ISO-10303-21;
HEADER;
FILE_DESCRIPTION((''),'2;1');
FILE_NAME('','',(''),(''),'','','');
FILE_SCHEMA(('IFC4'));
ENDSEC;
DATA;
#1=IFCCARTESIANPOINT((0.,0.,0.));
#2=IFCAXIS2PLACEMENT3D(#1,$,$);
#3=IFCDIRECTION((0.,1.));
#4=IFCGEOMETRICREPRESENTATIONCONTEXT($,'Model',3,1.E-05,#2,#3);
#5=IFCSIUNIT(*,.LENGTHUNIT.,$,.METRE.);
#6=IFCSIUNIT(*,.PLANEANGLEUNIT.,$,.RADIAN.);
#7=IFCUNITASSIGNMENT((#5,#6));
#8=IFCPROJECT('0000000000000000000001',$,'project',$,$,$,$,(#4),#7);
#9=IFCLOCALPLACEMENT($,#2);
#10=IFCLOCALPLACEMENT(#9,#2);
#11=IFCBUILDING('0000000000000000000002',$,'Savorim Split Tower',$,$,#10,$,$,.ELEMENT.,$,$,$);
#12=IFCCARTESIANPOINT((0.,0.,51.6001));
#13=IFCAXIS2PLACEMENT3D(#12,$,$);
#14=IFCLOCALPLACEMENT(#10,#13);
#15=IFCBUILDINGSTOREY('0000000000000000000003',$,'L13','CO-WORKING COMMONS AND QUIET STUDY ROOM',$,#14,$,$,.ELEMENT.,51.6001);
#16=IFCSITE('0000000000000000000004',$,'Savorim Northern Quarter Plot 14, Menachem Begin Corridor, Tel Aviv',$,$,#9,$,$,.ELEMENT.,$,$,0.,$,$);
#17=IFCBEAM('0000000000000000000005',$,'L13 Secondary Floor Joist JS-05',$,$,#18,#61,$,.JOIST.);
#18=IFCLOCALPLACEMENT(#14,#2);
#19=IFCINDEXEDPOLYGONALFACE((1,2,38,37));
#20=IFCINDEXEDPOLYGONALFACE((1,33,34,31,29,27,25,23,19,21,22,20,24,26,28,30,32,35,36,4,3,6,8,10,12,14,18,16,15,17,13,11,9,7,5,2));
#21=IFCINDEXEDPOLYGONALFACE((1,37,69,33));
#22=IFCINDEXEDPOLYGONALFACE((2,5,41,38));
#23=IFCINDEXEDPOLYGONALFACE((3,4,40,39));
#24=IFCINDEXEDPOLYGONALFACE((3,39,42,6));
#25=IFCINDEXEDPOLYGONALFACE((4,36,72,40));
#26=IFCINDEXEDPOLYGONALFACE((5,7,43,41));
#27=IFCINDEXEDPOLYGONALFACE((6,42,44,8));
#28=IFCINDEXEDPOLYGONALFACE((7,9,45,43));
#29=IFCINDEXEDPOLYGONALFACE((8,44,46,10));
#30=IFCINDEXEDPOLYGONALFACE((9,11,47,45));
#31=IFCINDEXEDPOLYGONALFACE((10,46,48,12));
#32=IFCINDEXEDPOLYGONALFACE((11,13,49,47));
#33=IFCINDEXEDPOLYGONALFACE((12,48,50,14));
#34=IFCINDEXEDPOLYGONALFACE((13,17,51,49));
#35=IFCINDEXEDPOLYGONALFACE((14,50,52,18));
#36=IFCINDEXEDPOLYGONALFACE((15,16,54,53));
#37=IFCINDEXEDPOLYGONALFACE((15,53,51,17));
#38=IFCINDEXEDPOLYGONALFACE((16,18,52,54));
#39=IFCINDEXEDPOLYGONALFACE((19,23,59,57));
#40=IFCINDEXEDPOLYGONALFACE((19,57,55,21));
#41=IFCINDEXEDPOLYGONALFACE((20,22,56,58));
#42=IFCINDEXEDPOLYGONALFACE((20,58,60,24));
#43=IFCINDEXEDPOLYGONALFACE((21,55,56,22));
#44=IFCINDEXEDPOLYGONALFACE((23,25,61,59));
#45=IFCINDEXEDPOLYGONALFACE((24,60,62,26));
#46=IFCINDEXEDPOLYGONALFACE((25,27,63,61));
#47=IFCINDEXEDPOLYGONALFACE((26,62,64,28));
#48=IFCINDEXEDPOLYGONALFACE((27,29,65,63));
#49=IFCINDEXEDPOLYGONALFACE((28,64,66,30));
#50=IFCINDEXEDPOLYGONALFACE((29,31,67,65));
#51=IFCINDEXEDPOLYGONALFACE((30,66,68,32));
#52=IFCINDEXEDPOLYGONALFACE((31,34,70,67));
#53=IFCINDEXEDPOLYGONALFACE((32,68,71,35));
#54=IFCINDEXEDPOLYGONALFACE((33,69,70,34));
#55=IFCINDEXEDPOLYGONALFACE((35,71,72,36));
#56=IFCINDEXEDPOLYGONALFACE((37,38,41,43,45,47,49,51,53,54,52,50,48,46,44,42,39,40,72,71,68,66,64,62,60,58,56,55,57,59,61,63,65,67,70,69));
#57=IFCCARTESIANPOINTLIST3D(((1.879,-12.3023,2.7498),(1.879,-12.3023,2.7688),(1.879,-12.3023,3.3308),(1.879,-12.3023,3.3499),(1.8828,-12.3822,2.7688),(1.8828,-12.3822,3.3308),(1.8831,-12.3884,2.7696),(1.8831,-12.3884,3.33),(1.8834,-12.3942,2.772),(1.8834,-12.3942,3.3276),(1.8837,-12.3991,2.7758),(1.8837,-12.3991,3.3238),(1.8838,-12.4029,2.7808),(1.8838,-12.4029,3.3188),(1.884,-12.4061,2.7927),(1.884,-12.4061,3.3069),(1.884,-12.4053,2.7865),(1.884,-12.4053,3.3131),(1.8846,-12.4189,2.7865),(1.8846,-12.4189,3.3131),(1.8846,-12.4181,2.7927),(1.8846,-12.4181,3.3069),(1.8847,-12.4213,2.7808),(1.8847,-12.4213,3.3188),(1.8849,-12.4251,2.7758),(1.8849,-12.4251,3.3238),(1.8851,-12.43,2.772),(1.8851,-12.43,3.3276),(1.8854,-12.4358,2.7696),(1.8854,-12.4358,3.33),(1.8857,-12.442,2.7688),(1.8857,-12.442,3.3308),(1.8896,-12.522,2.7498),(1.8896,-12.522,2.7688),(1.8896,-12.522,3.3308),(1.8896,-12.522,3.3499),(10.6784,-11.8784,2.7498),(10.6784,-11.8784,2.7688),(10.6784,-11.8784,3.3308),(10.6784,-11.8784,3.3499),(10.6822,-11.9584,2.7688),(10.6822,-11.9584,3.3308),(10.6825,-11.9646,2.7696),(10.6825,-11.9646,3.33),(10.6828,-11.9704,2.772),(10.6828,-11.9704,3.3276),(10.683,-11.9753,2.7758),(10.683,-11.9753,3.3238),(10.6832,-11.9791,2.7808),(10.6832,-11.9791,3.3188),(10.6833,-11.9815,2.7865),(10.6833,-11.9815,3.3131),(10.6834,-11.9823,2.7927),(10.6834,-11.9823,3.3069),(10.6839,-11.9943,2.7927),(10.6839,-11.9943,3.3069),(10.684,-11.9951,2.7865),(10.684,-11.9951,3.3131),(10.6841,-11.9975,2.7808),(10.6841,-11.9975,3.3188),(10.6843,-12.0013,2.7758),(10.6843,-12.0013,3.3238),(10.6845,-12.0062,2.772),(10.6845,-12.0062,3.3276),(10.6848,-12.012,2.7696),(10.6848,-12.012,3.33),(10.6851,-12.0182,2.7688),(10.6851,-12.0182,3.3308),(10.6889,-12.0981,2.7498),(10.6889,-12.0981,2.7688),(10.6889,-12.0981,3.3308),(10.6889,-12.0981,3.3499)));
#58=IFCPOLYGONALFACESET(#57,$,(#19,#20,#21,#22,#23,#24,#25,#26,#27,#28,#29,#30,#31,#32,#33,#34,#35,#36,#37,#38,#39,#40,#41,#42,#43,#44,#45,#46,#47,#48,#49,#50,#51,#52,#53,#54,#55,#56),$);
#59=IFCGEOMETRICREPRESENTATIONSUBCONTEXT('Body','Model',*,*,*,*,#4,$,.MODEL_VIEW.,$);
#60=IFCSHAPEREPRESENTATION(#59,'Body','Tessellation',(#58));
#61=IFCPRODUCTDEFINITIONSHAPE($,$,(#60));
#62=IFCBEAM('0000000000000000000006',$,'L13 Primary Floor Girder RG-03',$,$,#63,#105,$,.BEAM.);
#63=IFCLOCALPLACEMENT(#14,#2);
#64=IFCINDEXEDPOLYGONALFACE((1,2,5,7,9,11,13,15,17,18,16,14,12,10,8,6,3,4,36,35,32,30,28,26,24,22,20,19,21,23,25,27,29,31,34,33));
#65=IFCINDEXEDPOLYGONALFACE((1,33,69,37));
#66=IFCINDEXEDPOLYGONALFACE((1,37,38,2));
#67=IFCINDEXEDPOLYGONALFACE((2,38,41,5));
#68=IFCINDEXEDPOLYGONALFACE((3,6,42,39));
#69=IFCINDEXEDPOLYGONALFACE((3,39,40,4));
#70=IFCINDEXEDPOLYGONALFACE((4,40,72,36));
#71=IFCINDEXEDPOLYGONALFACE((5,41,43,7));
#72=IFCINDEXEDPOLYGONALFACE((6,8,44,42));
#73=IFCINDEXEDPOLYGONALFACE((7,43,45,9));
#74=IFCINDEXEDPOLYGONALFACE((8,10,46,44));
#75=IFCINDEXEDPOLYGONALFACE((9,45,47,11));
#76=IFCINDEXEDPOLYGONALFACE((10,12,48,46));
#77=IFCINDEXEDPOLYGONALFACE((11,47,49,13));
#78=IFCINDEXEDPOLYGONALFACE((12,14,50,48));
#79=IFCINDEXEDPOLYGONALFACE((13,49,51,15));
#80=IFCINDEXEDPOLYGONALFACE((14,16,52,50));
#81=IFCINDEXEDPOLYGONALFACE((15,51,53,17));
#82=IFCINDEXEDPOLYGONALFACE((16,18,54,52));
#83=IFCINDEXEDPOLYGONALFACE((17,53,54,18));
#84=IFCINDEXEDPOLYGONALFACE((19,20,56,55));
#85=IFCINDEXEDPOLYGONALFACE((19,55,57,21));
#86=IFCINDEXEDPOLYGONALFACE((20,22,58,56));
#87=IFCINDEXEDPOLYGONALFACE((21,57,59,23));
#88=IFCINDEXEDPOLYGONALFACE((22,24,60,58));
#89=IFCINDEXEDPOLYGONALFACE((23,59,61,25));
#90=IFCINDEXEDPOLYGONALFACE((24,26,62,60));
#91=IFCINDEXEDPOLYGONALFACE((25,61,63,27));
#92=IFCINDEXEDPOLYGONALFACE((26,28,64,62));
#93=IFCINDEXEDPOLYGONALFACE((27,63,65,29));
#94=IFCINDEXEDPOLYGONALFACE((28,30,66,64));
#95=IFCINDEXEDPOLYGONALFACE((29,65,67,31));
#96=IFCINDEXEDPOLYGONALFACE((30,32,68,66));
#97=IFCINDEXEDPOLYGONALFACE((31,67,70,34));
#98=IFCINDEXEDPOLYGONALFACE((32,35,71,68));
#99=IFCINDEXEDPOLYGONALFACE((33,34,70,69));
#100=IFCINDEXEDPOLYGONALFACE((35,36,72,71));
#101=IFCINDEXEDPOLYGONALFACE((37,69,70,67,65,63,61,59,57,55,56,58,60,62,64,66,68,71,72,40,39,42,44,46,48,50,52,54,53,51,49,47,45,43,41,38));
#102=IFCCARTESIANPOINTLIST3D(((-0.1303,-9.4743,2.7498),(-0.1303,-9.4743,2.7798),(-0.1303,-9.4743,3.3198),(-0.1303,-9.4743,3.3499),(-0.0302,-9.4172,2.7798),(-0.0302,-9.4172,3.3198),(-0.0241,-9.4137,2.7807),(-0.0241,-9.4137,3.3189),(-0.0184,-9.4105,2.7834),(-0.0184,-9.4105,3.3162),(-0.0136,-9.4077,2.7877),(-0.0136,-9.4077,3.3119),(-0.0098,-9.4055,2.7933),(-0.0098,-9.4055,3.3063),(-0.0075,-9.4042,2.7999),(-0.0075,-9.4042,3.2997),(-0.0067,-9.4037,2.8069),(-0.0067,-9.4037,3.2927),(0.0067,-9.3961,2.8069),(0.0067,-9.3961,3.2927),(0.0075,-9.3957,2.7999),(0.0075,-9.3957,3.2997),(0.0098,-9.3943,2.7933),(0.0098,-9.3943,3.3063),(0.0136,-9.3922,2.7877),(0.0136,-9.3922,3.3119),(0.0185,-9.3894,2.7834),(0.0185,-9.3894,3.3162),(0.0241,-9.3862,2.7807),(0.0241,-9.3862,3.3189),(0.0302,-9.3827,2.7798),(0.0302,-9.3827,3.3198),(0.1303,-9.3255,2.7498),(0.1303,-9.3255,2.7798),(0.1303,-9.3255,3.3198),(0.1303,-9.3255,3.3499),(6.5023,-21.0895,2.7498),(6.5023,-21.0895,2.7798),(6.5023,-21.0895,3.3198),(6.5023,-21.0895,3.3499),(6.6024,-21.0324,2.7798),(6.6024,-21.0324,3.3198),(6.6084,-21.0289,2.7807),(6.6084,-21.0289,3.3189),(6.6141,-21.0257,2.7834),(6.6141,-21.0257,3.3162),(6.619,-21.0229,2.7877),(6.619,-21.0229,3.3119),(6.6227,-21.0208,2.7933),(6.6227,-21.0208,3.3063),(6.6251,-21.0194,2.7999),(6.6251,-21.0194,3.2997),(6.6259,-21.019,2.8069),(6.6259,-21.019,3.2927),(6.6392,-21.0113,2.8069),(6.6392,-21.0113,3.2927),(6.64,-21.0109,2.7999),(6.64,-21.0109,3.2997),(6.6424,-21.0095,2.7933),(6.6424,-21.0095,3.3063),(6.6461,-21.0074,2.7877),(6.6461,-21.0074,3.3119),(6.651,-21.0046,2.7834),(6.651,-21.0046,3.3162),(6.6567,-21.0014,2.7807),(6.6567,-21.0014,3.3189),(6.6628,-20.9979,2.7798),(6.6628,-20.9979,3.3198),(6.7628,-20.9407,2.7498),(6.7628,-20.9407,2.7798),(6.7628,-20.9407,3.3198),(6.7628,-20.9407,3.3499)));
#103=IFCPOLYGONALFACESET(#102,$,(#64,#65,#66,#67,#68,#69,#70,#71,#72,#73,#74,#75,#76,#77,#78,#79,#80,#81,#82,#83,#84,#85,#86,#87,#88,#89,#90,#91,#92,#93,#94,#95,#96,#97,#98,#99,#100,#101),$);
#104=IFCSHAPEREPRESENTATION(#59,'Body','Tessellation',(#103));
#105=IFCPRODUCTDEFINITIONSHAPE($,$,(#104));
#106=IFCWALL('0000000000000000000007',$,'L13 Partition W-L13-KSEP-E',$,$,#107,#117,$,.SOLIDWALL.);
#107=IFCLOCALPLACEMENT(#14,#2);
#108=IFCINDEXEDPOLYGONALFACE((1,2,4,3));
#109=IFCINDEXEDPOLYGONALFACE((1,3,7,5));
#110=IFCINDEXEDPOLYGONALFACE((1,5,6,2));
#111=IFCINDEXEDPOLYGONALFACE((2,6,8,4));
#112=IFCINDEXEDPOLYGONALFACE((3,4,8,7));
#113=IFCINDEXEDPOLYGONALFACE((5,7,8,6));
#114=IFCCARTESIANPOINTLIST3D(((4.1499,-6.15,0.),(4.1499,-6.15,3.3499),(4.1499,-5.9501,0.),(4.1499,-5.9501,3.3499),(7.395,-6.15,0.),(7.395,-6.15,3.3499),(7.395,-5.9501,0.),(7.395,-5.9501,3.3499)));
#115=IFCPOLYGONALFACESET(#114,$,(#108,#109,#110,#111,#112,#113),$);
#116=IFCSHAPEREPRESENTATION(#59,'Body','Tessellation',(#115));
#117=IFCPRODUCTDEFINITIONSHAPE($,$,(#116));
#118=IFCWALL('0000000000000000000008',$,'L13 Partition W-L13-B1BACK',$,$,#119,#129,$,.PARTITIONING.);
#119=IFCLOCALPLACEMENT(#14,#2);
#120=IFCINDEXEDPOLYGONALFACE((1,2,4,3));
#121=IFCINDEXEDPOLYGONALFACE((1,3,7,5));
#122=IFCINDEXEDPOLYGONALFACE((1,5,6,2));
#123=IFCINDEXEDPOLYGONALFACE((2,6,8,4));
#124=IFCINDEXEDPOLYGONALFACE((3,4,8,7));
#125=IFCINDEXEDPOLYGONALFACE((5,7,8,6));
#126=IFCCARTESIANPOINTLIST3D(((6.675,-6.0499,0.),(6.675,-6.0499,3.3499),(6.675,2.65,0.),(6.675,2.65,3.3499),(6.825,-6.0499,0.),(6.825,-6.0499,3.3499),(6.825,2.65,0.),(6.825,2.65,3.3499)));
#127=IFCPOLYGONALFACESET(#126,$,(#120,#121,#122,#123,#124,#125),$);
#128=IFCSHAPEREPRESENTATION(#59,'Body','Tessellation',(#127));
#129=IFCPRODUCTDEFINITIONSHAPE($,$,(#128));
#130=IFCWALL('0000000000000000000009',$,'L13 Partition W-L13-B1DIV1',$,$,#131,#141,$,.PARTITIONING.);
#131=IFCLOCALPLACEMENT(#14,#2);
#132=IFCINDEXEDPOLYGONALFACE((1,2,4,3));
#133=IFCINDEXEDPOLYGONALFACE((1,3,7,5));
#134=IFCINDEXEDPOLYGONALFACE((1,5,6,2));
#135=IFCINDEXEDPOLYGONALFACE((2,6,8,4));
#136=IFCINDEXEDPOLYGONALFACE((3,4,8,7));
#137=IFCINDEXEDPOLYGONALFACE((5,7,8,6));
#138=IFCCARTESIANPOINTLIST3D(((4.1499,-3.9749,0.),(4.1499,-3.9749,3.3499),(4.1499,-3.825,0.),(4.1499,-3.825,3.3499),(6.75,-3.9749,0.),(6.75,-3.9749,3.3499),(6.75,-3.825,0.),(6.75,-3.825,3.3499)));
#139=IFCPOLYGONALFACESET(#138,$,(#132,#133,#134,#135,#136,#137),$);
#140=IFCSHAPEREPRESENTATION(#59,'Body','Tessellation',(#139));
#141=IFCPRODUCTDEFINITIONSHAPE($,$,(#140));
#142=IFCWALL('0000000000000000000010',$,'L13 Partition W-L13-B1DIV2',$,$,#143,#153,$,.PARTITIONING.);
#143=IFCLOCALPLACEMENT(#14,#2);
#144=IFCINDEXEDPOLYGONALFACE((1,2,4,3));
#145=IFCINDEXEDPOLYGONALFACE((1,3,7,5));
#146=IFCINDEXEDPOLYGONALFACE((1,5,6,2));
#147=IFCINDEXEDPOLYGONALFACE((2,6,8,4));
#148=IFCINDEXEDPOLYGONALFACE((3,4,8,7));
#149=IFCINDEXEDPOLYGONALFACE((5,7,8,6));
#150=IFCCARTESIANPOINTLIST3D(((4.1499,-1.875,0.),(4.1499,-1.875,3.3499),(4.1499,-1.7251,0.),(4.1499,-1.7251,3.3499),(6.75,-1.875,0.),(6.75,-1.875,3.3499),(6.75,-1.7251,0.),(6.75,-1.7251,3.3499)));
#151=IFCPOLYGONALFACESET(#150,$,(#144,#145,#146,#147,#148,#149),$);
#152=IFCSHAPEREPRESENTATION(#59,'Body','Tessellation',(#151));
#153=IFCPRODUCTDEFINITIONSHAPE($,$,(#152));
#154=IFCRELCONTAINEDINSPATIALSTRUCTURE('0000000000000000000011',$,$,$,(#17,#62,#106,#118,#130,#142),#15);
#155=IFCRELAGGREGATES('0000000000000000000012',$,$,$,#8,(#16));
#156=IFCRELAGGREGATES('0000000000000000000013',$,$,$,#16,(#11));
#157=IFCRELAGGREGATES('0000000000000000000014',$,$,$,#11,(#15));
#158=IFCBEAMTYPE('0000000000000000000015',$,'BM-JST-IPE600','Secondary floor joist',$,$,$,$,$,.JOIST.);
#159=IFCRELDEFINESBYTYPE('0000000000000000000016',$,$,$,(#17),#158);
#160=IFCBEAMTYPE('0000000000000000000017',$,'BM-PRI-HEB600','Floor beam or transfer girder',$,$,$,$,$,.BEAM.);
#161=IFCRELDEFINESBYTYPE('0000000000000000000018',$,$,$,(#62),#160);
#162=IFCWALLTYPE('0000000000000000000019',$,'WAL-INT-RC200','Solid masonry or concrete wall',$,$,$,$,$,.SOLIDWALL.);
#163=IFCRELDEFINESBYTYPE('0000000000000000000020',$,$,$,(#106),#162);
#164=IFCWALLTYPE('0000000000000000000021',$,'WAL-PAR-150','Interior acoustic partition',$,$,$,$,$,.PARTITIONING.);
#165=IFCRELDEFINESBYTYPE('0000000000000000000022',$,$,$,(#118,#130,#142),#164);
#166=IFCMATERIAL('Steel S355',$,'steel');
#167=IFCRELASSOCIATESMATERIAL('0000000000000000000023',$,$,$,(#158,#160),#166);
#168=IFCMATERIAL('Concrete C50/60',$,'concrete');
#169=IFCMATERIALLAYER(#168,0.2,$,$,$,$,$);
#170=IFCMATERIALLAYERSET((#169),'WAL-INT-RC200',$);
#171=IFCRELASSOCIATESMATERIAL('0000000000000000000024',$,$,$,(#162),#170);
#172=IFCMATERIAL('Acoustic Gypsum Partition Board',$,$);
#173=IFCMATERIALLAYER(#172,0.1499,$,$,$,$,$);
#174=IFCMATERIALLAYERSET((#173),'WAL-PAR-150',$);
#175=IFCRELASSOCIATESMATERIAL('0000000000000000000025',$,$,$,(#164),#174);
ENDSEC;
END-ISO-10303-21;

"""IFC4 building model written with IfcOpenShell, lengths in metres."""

from ifc_helpers import new_model, si_unit, direction, frame, frame_2d, origin, origin_2d, place, context, subcontext, project, spatial, rectangle, i_section, extrude, material, layer, layer_set, material_profile, profile_set, type_object, element, save


model = new_model("IFC4")

# Units and contexts
model_context = context("Model", 3, precision=1e-05, world=origin(), true_north=direction((0.0, 1.0)))
body_context = subcontext(model_context, "Body", "Model", "MODEL_VIEW")
ifc_project = project(units=[si_unit("LENGTHUNIT", "METRE"), si_unit("PLANEANGLEUNIT", "RADIAN")], contexts=[model_context])

# Site, building, storey
site_placement = place(None, origin())
site = spatial("IfcSite", under=ifc_project, at=site_placement, Name="Savorim Northern Quarter Plot 14, Menachem Begin Corridor, Tel Aviv", CompositionType="ELEMENT", RefElevation=0.0)
building_placement = place(site_placement, origin())
building = spatial("IfcBuilding", under=site, at=building_placement, Name="Savorim Split Tower", CompositionType="ELEMENT")
storey_placement = place(building_placement, frame((0.0, 0.0, 51.6001)))
storey = spatial("IfcBuildingStorey", under=building, at=storey_placement, Name="L13", Description="CO-WORKING COMMONS AND QUIET STUDY ROOM", CompositionType="ELEMENT", Elevation=51.6001)

# Beams
ifc_material_1 = material(Name="Steel S355", Category="steel")
ifc_material_profile_1 = material_profile(ifc_material_1, i_section(OverallWidth=0.22, OverallDepth=0.6001, WebThickness=0.012, FlangeThickness=0.019, FilletRadius=0.0239, at=origin_2d()), Name="IPE 600")
ifc_profile_set_1 = profile_set([ifc_material_profile_1], Name="Steel S355")
beam_type_1 = type_object("IfcBeamType", Name="BM-JST-IPE600", Description="Secondary floor joist", PredefinedType="JOIST", material=ifc_profile_set_1)
beam_1_placement = place(storey_placement, frame((1.8843, -12.4121, 3.0498), z_axis=(0.998842, 0.04811, 0.0), x_axis=(-0.04811, 0.998842, 0.0)))
element("IfcBeam", 1, at=beam_1_placement, inside=storey, type_object=beam_type_1, Name="L13 Secondary Floor Joist JS-05", PredefinedType="JOIST", context=body_context, shape_type="SweptSolid", body=[
    extrude(i_section(OverallWidth=0.22, OverallDepth=0.6001, WebThickness=0.012, FlangeThickness=0.019, FilletRadius=0.0239, at=origin_2d()), origin(), (0.0, 0.0, 1.0), 8.8096),
])
ifc_material_profile_2 = material_profile(ifc_material_1, i_section(OverallWidth=0.3, OverallDepth=0.6001, WebThickness=0.0154, FlangeThickness=0.03, FilletRadius=0.0271, at=origin_2d()), Name="HEB 600")
ifc_profile_set_2 = profile_set([ifc_material_profile_2], Name="Steel S355")
beam_type_2 = type_object("IfcBeamType", Name="BM-PRI-HEB600", Description="Floor beam or transfer girder", PredefinedType="BEAM", material=ifc_profile_set_2)
beam_2_placement = place(storey_placement, frame((6.6326, -21.0151, 3.0498), z_axis=(-0.495874, 0.868395, 0.0), x_axis=(-0.868395, -0.495874, 0.0)))
element("IfcBeam", 2, at=beam_2_placement, inside=storey, type_object=beam_type_2, Name="L13 Primary Floor Girder RG-03", PredefinedType="BEAM", context=body_context, shape_type="SweptSolid", body=[
    extrude(i_section(OverallWidth=0.3, OverallDepth=0.6001, WebThickness=0.0154, FlangeThickness=0.03, FilletRadius=0.0271, at=origin_2d()), origin(), (0.0, 0.0, 1.0), 13.3755),
])

# Shared definitions
ifc_material_2 = material(Name="Concrete C50/60", Category="concrete")
ifc_layer_1 = layer(ifc_material_2, 0.2)
ifc_layer_set_1 = layer_set([ifc_layer_1], Name="WAL-INT-RC200")
wall_type_1 = type_object("IfcWallType", Name="WAL-INT-RC200", Description="Solid masonry or concrete wall", PredefinedType="SOLIDWALL", material=ifc_layer_set_1)

# Walls
wall_1_placement = place(storey_placement, frame((4.1499, -6.05, 0.0), z_axis=(0.0, 0.0, 1.0), x_axis=(1.0, 0.0, 0.0)))
element("IfcWall", 3, at=wall_1_placement, inside=storey, type_object=wall_type_1, Name="L13 Partition W-L13-KSEP-E", PredefinedType="SOLIDWALL", context=body_context, shape_type="SweptSolid", body=[
    extrude(rectangle(XDim=3.2451, YDim=0.2, at=frame_2d((1.6226, 0.0))), origin(), (0.0, 0.0, 1.0), 3.3499),
])
ifc_material_3 = material(Name="Acoustic Gypsum Partition Board")
ifc_layer_2 = layer(ifc_material_3, 0.1499)
ifc_layer_set_2 = layer_set([ifc_layer_2], Name="WAL-PAR-150")
wall_type_2 = type_object("IfcWallType", Name="WAL-PAR-150", Description="Interior acoustic partition", PredefinedType="PARTITIONING", material=ifc_layer_set_2)
wall_2_placement = place(storey_placement, frame((6.75, -6.05, 0.0), z_axis=(0.0, 0.0, 1.0), x_axis=(0.0, 1.0, 0.0)))
element("IfcWall", 4, at=wall_2_placement, inside=storey, type_object=wall_type_2, Name="L13 Partition W-L13-B1BACK", PredefinedType="PARTITIONING", context=body_context, shape_type="SweptSolid", body=[
    extrude(rectangle(XDim=8.7, YDim=0.1499, at=frame_2d((4.3501, 0.0))), origin(), (0.0, 0.0, 1.0), 3.3499),
])
for number, where, z_axis, x_axis, name in (
    (5, (4.1499, -3.8999, 0.0), (0.0, 0.0, 1.0), (1.0, 0.0, 0.0), "L13 Partition W-L13-B1DIV1"),
    (6, (4.1499, -1.8, 0.0), (0.0, 0.0, 1.0), (1.0, 0.0, 0.0), "L13 Partition W-L13-B1DIV2"),
):
    element("IfcWall", number, at=place(storey_placement, frame(where, z_axis=z_axis, x_axis=x_axis)), inside=storey, type_object=wall_type_2, Name=name, PredefinedType="PARTITIONING", context=body_context, shape_type="SweptSolid", body=[
        extrude(rectangle(XDim=2.6001, YDim=0.1499, at=frame_2d((1.3, 0.0))), origin(), (0.0, 0.0, 1.0), 3.3499),
    ])

save(model, "model.ifc")
